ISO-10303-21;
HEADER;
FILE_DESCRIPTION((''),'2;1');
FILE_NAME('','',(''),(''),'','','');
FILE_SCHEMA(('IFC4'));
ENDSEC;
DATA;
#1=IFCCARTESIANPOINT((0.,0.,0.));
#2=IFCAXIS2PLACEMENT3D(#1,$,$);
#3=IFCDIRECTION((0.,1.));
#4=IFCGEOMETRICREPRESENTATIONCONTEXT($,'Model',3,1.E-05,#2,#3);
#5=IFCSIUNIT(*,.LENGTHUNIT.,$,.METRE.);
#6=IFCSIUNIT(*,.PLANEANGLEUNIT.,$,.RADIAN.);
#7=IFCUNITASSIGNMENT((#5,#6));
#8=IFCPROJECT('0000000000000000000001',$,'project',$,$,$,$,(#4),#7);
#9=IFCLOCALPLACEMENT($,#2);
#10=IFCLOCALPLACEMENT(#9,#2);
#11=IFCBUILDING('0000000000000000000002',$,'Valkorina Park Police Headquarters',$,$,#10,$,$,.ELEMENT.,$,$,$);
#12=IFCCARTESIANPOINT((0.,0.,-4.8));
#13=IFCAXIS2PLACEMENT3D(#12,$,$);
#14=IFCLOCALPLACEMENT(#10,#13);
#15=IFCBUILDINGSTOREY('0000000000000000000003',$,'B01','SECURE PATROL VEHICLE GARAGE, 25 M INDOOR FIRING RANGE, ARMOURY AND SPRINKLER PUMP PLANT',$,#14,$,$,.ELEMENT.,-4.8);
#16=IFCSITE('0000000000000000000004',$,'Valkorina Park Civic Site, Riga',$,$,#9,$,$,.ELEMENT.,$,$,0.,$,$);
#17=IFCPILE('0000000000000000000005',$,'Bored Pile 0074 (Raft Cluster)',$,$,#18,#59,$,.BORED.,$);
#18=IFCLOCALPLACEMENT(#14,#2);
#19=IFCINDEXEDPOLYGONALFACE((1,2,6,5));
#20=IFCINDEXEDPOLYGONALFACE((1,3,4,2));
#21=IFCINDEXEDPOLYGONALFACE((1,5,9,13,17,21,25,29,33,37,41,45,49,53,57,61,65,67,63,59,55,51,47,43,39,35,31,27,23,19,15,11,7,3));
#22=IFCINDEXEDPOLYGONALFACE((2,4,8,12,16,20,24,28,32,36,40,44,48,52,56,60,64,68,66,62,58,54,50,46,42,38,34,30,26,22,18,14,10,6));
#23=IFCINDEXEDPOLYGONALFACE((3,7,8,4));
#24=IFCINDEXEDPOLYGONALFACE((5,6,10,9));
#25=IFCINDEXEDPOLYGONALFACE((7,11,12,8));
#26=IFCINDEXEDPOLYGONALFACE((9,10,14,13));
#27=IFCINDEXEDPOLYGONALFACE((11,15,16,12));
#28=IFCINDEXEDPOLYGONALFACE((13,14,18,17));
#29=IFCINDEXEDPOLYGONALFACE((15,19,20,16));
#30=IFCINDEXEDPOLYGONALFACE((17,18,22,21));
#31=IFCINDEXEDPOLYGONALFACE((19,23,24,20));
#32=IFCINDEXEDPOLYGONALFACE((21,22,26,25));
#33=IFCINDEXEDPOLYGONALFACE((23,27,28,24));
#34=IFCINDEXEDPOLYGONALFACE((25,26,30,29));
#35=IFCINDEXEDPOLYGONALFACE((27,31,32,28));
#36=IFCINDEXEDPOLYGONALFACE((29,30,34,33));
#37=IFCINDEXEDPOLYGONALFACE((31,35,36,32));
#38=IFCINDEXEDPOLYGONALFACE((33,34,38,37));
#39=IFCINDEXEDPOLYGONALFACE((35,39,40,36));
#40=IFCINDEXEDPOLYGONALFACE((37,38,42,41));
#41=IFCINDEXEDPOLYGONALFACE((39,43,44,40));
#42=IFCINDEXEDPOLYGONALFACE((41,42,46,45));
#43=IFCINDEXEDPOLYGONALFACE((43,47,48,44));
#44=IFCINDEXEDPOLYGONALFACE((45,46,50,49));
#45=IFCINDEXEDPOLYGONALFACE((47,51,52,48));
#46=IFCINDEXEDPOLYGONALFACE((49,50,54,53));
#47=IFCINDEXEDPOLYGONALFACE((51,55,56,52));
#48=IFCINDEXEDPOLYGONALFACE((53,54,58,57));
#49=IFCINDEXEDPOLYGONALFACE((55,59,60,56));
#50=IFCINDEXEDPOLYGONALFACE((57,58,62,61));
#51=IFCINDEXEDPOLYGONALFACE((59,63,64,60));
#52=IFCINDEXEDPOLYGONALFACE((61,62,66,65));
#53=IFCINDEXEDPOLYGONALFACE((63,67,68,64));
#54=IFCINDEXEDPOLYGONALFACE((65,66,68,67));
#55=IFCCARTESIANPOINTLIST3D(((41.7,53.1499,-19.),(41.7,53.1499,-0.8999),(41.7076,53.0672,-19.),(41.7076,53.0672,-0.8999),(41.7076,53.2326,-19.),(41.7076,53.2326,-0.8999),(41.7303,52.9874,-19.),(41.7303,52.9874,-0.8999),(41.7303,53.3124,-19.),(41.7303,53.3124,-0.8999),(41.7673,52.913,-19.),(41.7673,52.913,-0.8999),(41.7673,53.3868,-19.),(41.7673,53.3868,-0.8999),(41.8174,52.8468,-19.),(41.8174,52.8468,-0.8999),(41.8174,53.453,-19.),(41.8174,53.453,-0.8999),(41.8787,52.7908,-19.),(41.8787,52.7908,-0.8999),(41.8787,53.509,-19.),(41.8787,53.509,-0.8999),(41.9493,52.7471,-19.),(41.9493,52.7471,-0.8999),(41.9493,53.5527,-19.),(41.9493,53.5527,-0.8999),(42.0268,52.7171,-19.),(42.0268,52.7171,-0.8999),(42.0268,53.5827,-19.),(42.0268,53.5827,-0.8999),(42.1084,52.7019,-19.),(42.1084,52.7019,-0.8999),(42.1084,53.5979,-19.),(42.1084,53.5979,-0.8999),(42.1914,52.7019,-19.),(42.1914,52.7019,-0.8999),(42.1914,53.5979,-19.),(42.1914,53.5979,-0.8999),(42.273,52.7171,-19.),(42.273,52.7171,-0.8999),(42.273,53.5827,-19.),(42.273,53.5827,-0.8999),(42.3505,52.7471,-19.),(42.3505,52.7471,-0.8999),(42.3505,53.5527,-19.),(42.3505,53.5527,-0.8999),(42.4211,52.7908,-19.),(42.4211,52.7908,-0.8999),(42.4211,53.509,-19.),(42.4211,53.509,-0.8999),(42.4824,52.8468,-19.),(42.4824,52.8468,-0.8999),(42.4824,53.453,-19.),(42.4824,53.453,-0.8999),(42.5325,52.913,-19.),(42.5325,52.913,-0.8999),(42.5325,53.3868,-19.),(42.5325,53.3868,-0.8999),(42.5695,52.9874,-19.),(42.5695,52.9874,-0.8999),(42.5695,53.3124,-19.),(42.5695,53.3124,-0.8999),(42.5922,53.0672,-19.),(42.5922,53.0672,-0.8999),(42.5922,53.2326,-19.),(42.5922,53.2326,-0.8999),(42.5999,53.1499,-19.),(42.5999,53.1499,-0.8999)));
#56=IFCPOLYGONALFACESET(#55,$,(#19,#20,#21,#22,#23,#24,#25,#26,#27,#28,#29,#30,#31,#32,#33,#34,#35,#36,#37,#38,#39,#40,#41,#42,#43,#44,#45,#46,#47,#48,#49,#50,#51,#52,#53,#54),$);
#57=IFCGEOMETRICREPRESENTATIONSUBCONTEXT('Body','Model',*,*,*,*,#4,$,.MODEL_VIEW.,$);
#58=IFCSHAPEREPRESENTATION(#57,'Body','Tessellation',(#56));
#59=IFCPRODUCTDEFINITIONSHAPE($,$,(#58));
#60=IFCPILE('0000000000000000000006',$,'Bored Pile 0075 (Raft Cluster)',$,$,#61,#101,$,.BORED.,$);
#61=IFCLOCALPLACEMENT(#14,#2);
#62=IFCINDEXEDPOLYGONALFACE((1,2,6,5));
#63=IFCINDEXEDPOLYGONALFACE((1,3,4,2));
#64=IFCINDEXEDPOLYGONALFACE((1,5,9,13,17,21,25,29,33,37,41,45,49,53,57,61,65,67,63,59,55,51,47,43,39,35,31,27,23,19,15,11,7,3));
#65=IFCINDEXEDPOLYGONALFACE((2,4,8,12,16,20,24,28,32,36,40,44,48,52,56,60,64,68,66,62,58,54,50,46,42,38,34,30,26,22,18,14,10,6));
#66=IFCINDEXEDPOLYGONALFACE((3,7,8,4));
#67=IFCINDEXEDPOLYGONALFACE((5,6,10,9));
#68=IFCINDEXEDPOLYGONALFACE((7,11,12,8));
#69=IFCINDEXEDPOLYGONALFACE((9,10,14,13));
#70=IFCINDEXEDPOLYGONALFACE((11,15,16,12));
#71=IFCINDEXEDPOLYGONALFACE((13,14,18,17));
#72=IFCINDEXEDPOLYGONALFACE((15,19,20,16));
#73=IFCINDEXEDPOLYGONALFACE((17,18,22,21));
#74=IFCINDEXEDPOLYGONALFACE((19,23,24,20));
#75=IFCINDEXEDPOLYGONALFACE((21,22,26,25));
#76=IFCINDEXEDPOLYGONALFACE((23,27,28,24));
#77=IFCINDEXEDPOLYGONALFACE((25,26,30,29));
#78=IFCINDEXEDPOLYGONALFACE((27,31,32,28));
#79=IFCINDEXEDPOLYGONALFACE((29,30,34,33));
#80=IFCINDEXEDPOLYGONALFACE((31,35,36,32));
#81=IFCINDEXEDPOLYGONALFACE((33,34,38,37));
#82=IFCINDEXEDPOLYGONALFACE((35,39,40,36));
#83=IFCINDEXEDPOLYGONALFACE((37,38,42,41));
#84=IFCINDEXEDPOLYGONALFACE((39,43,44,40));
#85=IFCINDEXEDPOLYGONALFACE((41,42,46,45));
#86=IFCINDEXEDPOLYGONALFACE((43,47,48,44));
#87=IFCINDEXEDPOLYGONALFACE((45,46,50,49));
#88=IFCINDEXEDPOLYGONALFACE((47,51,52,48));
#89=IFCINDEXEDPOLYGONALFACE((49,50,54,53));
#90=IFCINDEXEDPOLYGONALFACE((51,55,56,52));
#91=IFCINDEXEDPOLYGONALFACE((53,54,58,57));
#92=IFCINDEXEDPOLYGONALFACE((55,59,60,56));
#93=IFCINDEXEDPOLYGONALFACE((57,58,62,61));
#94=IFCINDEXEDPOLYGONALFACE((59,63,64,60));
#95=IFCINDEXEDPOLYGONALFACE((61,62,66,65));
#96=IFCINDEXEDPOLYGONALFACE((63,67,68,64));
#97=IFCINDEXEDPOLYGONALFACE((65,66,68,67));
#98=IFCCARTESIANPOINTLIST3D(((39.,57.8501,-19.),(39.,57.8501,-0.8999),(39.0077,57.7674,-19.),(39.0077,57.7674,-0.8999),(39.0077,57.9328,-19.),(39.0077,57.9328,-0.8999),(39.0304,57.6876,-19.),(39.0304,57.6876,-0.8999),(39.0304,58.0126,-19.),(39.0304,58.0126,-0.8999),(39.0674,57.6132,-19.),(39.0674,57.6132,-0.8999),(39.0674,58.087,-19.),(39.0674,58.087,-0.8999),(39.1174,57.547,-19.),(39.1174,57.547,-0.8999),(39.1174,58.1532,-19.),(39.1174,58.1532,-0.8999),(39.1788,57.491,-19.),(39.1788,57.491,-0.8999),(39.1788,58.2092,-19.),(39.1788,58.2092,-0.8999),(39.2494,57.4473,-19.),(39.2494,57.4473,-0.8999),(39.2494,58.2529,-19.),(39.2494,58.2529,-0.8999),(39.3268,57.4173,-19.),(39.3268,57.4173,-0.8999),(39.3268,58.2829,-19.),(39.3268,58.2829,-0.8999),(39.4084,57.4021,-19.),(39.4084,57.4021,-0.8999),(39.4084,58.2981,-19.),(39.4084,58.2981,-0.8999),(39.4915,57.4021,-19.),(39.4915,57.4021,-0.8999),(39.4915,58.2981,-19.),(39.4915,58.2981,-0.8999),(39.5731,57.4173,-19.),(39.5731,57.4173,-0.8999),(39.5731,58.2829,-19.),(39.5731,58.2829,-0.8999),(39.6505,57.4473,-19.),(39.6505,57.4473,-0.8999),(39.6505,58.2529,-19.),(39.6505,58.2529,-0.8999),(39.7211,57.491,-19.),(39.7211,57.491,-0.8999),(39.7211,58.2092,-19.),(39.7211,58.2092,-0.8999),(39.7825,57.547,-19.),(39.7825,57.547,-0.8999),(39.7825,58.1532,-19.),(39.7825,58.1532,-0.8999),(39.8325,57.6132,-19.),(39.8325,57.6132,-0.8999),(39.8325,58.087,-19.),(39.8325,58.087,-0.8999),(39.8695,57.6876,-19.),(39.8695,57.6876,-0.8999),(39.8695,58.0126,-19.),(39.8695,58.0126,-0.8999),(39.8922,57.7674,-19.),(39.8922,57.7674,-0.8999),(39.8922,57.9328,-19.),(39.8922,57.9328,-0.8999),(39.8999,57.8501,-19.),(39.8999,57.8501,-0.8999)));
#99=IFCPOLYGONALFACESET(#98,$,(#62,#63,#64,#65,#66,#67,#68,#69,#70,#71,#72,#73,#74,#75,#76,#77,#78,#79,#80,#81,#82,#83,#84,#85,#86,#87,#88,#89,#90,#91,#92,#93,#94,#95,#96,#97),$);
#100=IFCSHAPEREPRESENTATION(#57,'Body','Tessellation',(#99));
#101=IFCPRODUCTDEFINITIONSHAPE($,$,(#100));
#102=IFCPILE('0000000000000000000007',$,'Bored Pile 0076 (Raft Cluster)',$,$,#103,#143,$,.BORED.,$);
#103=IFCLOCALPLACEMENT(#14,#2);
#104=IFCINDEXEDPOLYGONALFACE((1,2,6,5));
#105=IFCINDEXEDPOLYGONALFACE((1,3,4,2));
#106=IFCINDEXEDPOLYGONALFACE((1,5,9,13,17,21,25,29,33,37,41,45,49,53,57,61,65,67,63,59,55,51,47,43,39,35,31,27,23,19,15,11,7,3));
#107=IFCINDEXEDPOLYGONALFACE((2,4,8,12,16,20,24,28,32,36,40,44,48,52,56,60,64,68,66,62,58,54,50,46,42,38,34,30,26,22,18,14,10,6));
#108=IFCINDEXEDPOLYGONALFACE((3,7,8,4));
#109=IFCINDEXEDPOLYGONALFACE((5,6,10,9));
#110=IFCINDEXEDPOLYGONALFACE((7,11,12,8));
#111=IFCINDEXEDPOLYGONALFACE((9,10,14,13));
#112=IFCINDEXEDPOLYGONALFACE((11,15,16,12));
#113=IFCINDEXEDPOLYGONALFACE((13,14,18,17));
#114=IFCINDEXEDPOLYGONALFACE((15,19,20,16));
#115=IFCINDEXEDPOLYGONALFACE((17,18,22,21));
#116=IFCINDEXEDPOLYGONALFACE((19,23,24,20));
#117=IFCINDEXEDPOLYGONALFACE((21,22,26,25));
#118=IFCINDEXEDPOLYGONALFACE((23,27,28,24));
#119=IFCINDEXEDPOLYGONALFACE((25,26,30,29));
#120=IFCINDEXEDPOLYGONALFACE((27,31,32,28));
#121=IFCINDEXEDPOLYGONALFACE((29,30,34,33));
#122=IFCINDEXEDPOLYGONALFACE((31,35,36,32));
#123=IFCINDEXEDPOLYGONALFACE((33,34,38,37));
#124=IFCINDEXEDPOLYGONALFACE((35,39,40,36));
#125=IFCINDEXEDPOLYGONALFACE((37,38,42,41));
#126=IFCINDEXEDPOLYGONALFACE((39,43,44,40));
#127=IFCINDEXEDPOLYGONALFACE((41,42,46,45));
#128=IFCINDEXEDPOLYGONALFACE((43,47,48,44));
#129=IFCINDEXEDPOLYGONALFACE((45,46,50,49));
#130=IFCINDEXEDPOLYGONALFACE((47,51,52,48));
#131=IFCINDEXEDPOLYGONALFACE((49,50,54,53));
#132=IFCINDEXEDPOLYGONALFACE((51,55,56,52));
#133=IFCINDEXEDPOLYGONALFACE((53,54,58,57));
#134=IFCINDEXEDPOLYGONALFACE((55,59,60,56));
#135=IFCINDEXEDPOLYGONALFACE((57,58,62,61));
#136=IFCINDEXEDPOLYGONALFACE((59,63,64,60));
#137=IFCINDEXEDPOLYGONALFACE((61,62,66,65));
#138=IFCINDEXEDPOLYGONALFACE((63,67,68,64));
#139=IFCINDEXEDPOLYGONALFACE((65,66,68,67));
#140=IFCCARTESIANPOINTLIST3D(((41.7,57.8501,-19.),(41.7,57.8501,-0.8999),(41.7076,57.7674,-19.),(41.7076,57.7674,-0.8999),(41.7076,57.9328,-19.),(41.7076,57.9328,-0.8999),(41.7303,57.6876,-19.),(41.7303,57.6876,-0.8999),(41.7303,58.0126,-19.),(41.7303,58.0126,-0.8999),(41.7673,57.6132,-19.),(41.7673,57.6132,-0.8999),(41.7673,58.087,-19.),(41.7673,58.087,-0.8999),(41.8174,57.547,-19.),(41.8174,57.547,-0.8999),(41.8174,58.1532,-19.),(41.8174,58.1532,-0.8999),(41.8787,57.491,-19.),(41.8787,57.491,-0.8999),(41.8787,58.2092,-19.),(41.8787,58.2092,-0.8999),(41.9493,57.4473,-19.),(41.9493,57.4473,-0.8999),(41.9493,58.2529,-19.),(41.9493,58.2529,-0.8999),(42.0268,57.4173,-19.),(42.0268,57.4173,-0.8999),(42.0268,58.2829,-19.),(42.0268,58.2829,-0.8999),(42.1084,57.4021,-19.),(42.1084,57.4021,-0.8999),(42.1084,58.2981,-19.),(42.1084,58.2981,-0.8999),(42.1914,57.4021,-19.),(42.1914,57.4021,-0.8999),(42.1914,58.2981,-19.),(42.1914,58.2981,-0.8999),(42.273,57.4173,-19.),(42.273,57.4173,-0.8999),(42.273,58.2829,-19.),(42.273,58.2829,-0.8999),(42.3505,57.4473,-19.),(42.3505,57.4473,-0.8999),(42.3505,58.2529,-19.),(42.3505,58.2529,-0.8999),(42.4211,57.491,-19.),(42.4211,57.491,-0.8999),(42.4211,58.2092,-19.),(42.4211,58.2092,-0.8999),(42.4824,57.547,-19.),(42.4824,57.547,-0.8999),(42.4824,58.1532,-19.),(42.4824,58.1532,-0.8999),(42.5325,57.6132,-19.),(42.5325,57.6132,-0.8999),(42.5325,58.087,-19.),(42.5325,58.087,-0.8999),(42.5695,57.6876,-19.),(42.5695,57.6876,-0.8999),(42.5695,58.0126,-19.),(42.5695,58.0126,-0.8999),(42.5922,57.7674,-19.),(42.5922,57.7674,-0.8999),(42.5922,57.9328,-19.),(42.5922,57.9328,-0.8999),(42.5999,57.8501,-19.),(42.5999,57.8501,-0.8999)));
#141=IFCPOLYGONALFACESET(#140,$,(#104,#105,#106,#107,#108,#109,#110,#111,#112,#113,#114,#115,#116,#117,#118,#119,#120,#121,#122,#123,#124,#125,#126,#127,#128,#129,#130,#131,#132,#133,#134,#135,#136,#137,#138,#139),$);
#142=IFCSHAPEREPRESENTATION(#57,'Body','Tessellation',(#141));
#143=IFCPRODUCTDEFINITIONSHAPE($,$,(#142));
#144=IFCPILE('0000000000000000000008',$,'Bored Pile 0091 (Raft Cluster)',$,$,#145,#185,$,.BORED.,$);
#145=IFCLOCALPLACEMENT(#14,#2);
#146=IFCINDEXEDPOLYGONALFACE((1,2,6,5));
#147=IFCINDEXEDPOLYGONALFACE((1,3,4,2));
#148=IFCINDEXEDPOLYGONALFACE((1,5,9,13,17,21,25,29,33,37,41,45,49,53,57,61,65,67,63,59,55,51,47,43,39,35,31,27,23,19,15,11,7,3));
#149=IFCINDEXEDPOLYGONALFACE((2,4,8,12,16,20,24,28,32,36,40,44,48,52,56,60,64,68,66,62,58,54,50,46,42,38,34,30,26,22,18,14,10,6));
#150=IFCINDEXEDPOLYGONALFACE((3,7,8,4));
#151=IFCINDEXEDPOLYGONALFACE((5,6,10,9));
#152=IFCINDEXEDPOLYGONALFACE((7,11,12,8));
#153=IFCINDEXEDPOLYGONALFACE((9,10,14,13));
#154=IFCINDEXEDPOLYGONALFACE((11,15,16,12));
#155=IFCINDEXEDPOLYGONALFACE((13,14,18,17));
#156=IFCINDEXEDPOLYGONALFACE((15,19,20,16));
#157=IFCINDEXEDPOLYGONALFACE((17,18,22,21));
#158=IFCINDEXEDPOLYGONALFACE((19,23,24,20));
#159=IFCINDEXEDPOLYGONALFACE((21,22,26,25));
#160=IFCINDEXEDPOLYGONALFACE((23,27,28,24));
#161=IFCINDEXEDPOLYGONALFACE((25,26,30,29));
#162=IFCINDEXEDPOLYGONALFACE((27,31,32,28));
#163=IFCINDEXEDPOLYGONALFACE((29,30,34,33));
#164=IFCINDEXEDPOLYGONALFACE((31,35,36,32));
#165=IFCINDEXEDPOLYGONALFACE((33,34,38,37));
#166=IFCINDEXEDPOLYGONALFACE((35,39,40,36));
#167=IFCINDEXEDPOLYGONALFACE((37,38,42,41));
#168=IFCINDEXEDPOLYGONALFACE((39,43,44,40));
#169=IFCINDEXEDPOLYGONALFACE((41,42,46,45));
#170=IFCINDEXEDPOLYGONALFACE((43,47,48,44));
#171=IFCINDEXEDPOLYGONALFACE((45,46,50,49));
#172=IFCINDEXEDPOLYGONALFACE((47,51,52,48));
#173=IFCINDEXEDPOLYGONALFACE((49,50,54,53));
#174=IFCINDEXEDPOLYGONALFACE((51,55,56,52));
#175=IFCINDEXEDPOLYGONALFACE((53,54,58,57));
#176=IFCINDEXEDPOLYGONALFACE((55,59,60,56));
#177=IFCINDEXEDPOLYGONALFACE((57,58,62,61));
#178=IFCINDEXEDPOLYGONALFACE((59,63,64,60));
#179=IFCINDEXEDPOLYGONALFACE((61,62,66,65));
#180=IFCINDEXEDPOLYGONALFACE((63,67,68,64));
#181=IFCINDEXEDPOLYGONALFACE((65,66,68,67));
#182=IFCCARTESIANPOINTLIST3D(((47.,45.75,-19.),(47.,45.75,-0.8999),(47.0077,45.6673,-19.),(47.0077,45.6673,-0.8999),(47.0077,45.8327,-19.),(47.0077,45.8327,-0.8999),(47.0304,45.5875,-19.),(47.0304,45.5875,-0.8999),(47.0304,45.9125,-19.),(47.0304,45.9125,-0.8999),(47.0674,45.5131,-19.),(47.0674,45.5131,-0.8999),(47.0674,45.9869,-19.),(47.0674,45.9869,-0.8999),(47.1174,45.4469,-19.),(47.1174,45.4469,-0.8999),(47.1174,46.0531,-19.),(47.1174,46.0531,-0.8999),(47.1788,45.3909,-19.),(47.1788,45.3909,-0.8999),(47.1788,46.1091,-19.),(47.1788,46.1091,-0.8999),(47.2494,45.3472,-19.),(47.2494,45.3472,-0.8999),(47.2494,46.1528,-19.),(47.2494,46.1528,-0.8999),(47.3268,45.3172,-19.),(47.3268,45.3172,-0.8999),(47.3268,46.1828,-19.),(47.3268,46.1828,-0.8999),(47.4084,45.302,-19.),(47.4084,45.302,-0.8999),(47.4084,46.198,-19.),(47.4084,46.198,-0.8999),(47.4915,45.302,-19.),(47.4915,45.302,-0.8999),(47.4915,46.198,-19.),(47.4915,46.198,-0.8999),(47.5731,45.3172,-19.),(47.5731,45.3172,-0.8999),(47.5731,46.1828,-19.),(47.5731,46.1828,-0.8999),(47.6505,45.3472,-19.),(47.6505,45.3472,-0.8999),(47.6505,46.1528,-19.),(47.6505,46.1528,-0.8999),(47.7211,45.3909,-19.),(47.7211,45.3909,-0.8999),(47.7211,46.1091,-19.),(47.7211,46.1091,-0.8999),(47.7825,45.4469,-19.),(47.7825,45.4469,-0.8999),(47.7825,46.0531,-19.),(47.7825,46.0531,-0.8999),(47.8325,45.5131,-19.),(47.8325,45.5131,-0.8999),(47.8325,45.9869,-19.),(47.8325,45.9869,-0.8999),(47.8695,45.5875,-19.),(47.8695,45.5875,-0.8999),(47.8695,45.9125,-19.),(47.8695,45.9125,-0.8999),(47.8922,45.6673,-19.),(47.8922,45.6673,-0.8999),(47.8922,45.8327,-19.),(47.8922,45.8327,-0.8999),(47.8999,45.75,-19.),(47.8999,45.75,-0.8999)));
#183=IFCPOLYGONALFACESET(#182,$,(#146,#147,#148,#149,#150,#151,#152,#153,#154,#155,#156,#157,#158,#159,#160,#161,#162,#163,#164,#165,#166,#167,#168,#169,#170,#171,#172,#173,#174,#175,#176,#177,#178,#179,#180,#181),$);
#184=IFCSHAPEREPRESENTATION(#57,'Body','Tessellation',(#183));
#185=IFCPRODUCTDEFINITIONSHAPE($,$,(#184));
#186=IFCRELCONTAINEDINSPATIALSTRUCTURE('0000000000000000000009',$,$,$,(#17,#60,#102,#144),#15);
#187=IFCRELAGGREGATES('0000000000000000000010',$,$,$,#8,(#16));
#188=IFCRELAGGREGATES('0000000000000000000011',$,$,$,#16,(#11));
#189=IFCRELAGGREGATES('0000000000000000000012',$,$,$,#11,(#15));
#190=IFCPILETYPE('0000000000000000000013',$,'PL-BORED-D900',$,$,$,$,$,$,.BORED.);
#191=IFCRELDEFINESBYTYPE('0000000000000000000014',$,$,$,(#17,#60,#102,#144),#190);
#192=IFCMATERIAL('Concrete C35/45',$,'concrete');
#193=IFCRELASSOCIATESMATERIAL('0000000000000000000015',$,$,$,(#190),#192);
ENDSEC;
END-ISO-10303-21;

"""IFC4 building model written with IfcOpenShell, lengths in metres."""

from ifc_helpers import new_model, si_unit, direction, frame, origin, origin_2d, place, context, subcontext, project, spatial, circle, extrude, material, material_profile, profile_set, type_object, element, save


model = new_model("IFC4")

# Units and contexts
model_context = context("Model", 3, precision=1e-05, world=origin(), true_north=direction((0.0, 1.0)))
body_context = subcontext(model_context, "Body", "Model", "MODEL_VIEW")
ifc_project = project(units=[si_unit("LENGTHUNIT", "METRE"), si_unit("PLANEANGLEUNIT", "RADIAN")], contexts=[model_context])

# Site, building, storey
site_placement = place(None, origin())
site = spatial("IfcSite", under=ifc_project, at=site_placement, Name="Valkorina Park Civic Site, Riga", CompositionType="ELEMENT", RefElevation=0.0)
building_placement = place(site_placement, origin())
building = spatial("IfcBuilding", under=site, at=building_placement, Name="Valkorina Park Police Headquarters", CompositionType="ELEMENT")
storey_placement = place(building_placement, frame((0.0, 0.0, -4.8)))
storey = spatial("IfcBuildingStorey", under=building, at=storey_placement, Name="B01", Description="SECURE PATROL VEHICLE GARAGE, 25 M INDOOR FIRING RANGE, ARMOURY AND SPRINKLER PUMP PLANT", CompositionType="ELEMENT", Elevation=-4.8)

# Piles
ifc_material_1 = material(Name="Concrete C35/45", Category="concrete")
ifc_material_profile_1 = material_profile(ifc_material_1, circle(Radius=0.45, at=origin_2d()), Name="BORED PILE D900")
ifc_profile_set_1 = profile_set([ifc_material_profile_1], Name="Concrete C35/45")
pile_type = type_object("IfcPileType", Name="PL-BORED-D900", PredefinedType="BORED", material=ifc_profile_set_1)
for number, where, z_axis, x_axis, name in (
    (1, (42.1499, 53.1499, -0.8999), (0.0, 0.0, -1.0), (1.0, 0.0, 0.0), "Bored Pile 0074 (Raft Cluster)"),
    (2, (39.45, 57.8501, -0.8999), (0.0, 0.0, -1.0), (1.0, 0.0, 0.0), "Bored Pile 0075 (Raft Cluster)"),
    (3, (42.1499, 57.8501, -0.8999), (0.0, 0.0, -1.0), (1.0, 0.0, 0.0), "Bored Pile 0076 (Raft Cluster)"),
    (4, (47.45, 45.75, -0.8999), (0.0, 0.0, -1.0), (1.0, 0.0, 0.0), "Bored Pile 0091 (Raft Cluster)"),
):
    element("IfcPile", number, at=place(storey_placement, frame(where, z_axis=z_axis, x_axis=x_axis)), inside=storey, type_object=pile_type, Name=name, PredefinedType="BORED", context=body_context, shape_type="SweptSolid", body=[
        extrude(circle(Radius=0.45, at=origin_2d()), origin(), (0.0, 0.0, 1.0), 18.1001),
    ])

save(model, "model.ifc")
